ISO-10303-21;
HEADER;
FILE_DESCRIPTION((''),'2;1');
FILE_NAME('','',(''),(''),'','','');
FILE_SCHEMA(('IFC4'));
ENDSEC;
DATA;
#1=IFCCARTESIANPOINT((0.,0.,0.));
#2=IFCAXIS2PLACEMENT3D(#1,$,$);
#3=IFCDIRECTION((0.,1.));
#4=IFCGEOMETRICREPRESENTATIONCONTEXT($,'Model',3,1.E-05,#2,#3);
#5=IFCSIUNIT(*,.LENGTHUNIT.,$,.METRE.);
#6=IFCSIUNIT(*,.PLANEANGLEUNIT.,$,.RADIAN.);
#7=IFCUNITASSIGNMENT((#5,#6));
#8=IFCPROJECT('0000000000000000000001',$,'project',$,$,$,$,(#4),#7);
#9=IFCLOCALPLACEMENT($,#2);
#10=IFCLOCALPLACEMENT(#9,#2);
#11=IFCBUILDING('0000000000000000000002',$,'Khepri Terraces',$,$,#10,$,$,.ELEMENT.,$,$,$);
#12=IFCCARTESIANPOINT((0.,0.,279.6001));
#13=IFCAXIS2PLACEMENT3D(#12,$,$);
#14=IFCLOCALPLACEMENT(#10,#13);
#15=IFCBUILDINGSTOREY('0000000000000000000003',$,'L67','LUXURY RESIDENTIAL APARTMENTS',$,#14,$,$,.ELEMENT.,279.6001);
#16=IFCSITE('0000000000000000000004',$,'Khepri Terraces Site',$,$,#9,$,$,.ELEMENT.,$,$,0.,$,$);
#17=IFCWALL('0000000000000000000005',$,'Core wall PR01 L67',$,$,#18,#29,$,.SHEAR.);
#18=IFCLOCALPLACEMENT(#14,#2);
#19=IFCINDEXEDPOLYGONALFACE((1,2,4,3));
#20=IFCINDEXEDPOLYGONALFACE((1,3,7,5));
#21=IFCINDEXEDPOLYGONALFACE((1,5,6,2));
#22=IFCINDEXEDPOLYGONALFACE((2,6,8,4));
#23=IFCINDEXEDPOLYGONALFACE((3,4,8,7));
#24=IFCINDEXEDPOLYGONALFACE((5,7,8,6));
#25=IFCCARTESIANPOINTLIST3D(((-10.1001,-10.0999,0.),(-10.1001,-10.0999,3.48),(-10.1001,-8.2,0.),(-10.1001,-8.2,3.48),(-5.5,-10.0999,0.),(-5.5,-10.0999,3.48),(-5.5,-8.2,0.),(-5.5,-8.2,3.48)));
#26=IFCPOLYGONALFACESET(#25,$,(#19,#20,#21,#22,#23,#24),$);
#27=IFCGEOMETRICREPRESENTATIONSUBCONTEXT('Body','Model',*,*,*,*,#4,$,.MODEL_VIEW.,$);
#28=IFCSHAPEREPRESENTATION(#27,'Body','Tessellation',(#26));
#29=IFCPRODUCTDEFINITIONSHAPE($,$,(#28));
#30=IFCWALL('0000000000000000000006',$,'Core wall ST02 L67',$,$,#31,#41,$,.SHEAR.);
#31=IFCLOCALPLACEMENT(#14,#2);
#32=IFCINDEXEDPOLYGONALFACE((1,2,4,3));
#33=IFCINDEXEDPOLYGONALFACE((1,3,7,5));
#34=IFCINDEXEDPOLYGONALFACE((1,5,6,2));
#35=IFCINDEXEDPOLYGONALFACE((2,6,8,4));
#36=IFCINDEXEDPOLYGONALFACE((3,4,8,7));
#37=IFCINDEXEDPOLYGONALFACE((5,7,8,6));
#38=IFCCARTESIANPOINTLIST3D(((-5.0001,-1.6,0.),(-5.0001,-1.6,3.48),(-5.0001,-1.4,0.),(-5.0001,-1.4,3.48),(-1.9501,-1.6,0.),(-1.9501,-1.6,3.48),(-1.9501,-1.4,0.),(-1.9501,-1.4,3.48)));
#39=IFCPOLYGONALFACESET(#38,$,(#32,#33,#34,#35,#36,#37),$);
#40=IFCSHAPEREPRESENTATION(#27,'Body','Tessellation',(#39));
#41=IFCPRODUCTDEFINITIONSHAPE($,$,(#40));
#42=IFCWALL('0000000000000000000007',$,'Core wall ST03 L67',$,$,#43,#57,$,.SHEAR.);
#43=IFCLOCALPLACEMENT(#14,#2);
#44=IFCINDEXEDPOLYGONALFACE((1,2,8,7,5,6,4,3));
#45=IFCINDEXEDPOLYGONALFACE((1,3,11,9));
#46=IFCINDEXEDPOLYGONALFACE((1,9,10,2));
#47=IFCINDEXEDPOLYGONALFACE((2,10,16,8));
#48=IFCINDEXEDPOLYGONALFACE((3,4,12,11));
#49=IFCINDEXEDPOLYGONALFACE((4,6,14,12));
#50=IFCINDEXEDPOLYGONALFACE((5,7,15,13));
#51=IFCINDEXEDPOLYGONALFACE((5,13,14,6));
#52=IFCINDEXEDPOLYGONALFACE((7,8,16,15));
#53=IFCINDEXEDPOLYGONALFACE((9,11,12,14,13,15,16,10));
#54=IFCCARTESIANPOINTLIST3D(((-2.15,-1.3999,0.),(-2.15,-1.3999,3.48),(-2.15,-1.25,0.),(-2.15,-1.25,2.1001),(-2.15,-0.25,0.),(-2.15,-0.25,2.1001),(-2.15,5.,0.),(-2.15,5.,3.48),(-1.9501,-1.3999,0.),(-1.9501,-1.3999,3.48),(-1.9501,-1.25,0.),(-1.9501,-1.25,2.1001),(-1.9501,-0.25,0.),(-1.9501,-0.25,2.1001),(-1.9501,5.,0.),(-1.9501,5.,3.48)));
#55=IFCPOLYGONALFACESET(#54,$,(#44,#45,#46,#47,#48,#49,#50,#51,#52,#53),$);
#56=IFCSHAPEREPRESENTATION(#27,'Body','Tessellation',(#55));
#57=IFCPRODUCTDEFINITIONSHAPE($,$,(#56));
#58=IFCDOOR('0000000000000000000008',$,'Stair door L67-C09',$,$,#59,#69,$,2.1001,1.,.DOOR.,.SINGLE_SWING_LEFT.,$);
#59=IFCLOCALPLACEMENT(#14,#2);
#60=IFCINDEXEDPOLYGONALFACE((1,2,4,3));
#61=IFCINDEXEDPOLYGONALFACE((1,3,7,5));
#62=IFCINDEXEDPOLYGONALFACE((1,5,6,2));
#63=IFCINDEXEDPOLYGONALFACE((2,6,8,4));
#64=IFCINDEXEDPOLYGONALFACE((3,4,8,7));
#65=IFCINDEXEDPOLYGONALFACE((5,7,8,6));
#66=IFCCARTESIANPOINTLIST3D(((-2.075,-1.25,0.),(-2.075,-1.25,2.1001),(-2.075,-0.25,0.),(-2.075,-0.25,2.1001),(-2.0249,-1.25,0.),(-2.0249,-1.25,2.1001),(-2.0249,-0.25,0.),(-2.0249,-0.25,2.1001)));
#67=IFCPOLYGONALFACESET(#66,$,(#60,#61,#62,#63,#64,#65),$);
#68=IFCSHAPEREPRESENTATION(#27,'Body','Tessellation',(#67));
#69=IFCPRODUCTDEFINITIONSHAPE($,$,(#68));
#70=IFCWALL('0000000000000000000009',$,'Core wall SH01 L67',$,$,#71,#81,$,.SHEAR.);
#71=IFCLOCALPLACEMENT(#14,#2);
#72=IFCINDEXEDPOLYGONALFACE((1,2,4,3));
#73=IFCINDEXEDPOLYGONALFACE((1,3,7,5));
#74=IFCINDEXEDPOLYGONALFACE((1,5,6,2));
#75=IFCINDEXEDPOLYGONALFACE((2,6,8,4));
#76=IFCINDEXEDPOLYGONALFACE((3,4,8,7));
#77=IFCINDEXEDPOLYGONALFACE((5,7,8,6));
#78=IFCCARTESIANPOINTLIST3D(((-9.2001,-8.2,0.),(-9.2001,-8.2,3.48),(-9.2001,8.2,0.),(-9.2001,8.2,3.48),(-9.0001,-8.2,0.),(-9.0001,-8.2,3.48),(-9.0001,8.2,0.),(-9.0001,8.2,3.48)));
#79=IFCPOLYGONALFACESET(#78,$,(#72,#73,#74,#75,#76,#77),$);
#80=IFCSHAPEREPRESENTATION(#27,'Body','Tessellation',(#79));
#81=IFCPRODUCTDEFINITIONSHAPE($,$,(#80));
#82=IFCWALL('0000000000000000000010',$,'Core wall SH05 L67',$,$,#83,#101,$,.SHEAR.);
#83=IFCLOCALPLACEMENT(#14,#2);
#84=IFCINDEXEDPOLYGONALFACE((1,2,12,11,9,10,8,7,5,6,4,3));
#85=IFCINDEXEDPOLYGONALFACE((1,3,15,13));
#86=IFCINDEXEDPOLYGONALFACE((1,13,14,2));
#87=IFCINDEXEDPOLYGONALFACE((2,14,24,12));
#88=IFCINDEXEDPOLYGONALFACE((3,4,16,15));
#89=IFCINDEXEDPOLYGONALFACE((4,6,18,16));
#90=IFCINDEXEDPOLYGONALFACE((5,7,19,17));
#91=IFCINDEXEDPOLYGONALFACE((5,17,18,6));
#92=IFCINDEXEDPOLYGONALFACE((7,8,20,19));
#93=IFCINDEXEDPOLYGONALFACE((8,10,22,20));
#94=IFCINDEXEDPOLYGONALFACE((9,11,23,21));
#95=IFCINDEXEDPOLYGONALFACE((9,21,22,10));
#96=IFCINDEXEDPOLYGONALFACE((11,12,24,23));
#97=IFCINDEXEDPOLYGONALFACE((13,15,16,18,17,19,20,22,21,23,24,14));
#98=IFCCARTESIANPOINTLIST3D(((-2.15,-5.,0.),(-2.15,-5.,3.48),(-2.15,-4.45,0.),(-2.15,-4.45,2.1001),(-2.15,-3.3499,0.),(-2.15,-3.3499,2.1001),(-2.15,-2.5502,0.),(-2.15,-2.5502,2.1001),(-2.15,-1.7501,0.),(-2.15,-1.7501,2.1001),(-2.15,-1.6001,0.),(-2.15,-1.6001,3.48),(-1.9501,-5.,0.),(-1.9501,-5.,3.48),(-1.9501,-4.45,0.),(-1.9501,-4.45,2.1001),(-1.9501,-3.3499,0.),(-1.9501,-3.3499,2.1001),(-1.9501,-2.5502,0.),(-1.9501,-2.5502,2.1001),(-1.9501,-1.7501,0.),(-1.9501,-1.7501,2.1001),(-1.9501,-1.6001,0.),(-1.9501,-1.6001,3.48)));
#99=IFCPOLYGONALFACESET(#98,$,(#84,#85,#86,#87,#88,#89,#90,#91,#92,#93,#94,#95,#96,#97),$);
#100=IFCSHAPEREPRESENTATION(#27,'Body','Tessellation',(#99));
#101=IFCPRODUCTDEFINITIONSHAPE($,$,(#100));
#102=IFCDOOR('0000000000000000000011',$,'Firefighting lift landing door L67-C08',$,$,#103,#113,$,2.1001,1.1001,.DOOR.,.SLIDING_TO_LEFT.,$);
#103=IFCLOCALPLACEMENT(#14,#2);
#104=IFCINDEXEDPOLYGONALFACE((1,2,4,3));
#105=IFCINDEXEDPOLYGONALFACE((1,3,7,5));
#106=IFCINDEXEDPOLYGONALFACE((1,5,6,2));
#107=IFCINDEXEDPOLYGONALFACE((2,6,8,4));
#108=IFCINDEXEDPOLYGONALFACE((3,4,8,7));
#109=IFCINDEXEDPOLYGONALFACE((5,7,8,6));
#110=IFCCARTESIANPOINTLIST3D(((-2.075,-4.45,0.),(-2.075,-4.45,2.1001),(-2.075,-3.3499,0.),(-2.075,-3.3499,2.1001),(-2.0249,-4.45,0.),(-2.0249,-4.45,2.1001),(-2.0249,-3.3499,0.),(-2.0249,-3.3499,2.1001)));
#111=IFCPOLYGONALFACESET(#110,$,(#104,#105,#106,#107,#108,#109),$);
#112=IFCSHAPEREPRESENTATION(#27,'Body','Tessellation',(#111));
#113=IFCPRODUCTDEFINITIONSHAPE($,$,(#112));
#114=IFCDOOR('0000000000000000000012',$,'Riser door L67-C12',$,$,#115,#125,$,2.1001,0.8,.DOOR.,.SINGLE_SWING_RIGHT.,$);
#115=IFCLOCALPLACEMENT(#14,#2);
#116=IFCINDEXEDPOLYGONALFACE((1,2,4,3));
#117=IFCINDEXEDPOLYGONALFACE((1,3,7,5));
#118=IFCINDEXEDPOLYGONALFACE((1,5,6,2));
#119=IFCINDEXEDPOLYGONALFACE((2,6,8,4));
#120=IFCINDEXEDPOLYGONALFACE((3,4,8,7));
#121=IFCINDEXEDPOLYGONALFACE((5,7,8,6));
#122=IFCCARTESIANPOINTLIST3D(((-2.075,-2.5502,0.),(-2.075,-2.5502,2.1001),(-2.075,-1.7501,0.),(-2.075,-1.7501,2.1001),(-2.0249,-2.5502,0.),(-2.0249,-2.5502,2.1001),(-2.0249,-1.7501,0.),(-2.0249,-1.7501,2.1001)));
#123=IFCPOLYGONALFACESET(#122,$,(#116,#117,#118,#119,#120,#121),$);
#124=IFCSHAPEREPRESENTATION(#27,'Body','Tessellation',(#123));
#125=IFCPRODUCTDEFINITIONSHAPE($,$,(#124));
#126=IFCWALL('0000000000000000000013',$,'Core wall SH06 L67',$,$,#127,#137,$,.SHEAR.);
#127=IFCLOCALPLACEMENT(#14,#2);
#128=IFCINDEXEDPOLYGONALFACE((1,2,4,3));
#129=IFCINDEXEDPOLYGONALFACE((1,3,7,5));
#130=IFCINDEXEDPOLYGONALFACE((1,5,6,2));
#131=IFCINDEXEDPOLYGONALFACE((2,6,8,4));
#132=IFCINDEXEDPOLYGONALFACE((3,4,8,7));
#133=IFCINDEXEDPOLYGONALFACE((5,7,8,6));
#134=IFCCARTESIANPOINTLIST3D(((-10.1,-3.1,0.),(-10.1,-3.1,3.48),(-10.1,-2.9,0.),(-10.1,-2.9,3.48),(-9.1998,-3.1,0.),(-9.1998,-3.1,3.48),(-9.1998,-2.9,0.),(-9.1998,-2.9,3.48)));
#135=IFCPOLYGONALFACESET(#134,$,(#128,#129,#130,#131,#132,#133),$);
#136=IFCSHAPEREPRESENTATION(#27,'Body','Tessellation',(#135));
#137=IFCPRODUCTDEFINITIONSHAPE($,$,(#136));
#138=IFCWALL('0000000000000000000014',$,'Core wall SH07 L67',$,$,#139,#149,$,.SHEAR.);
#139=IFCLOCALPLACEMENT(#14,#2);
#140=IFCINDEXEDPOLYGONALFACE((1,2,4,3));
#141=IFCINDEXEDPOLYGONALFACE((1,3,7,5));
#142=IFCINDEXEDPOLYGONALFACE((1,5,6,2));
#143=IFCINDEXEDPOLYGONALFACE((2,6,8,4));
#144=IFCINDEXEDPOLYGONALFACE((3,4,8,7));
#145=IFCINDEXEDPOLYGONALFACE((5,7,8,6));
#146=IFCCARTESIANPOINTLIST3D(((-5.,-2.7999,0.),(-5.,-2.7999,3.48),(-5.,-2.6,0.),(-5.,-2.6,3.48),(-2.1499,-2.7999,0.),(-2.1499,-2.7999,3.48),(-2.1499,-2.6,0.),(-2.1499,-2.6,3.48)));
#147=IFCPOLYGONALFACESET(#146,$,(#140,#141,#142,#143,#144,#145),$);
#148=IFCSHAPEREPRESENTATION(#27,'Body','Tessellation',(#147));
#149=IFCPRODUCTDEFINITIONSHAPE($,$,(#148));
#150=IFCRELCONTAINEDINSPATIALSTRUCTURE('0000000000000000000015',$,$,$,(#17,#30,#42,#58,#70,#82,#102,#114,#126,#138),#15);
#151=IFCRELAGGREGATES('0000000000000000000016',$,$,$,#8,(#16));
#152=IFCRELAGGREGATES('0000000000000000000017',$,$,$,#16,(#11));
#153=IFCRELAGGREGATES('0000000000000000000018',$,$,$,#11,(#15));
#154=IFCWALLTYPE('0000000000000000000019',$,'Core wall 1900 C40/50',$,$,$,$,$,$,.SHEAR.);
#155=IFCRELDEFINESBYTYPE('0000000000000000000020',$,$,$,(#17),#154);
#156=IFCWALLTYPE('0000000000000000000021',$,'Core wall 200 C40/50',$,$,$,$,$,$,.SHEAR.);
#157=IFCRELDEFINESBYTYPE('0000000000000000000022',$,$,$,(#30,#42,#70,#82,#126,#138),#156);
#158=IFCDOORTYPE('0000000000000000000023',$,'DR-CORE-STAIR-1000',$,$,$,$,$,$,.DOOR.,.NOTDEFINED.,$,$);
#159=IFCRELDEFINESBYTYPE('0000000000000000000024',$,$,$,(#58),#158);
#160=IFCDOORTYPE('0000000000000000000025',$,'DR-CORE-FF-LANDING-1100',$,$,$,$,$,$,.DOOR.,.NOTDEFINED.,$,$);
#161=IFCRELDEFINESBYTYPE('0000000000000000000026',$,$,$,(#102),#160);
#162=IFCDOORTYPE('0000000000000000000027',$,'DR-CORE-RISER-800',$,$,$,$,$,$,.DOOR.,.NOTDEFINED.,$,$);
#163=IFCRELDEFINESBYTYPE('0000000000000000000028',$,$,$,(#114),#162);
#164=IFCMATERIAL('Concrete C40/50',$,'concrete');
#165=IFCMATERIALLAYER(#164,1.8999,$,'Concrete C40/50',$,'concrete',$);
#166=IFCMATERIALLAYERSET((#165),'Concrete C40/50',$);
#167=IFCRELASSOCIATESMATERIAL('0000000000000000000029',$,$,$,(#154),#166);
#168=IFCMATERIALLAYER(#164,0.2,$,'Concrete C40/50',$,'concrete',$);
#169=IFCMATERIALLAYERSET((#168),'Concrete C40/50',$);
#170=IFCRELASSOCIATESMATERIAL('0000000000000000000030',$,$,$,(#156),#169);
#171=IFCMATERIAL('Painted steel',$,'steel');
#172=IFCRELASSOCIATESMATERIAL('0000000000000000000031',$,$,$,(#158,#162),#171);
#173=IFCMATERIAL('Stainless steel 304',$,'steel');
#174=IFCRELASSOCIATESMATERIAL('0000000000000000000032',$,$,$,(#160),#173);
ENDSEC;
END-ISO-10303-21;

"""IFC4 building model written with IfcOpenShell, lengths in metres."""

from ifc_helpers import new_model, si_unit, direction, frame, frame_2d, origin, place, context, subcontext, project, spatial, rectangle, extrude, material, layer, layer_set, type_object, element, fill, save


model = new_model("IFC4")

# Units and contexts
model_context = context("Model", 3, precision=1e-05, world=origin(), true_north=direction((0.0, 1.0)))
body_context = subcontext(model_context, "Body", "Model", "MODEL_VIEW")
ifc_project = project(units=[si_unit("LENGTHUNIT", "METRE"), si_unit("PLANEANGLEUNIT", "RADIAN")], contexts=[model_context])

# Site, building, storey
site_placement = place(None, origin())
site = spatial("IfcSite", under=ifc_project, at=site_placement, Name="Khepri Terraces Site", CompositionType="ELEMENT", RefElevation=0.0)
building_placement = place(site_placement, origin())
building = spatial("IfcBuilding", under=site, at=building_placement, Name="Khepri Terraces", CompositionType="ELEMENT")
storey_placement = place(building_placement, frame((0.0, 0.0, 279.6001)))
storey = spatial("IfcBuildingStorey", under=building, at=storey_placement, Name="L67", Description="LUXURY RESIDENTIAL APARTMENTS", CompositionType="ELEMENT", Elevation=279.6001)

# Walls
ifc_material_1 = material(Name="Concrete C40/50", Category="concrete")
ifc_layer_1 = layer(ifc_material_1, 1.8999, Name="Concrete C40/50", Category="concrete")
ifc_layer_set_1 = layer_set([ifc_layer_1], Name="Concrete C40/50")
wall_type_1 = type_object("IfcWallType", Name="Core wall 1900 C40/50", PredefinedType="SHEAR", material=ifc_layer_set_1)
wall_1_placement = place(storey_placement, frame((-10.1001, -9.1499, 0.0), z_axis=(0.0, 0.0, 1.0), x_axis=(1.0, 0.0, 0.0)))
element("IfcWall", 1, at=wall_1_placement, inside=storey, type_object=wall_type_1, Name="Core wall PR01 L67", PredefinedType="SHEAR", context=body_context, shape_type="SweptSolid", body=[
    extrude(rectangle(XDim=4.6001, YDim=1.8999, at=frame_2d((2.3, 0.0))), origin(), (0.0, 0.0, 1.0), 3.48),
])
ifc_layer_2 = layer(ifc_material_1, 0.2, Name="Concrete C40/50", Category="concrete")
ifc_layer_set_2 = layer_set([ifc_layer_2], Name="Concrete C40/50")
wall_type_2 = type_object("IfcWallType", Name="Core wall 200 C40/50", PredefinedType="SHEAR", material=ifc_layer_set_2)
wall_2_placement = place(storey_placement, frame((-5.0, -1.5, 0.0), z_axis=(0.0, 0.0, 1.0), x_axis=(1.0, 0.0, 0.0)))
element("IfcWall", 2, at=wall_2_placement, inside=storey, type_object=wall_type_2, Name="Core wall ST02 L67", PredefinedType="SHEAR", context=body_context, shape_type="SweptSolid", body=[
    extrude(rectangle(XDim=3.05, YDim=0.2, at=frame_2d((1.5249, 0.0))), origin(), (0.0, 0.0, 1.0), 3.48),
])

# Wall, opening, door
wall_3_placement = place(storey_placement, frame((-2.05, -1.3999, 0.0), z_axis=(0.0, 0.0, 1.0), x_axis=(0.0, 1.0, 0.0)))
wall_3 = element("IfcWall", 3, at=wall_3_placement, inside=storey, type_object=wall_type_2, Name="Core wall ST03 L67", PredefinedType="SHEAR", context=body_context, shape_type="SweptSolid", body=[
    extrude(rectangle(XDim=6.3999, YDim=0.2, at=frame_2d((3.2, 0.0))), origin(), (0.0, 0.0, 1.0), 3.48),
])
opening_1_placement = place(wall_3_placement, frame((0.1499, 0.0, 0.0)))
opening_1 = element("IfcOpeningElement", 4, at=opening_1_placement, cuts=wall_3, PredefinedType="OPENING", context=body_context, shape_type="SweptSolid", body=[
    extrude(rectangle(XDim=1.0, YDim=2.1001, at=frame_2d((0.5, 1.05))), frame((0.0, 0.1099, 0.0), z_axis=(0.0, -1.0, 0.0), x_axis=(1.0, 0.0, 0.0)), (0.0, 0.0, 1.0), 0.22),
])
ifc_material_2 = material(Name="Painted steel", Category="steel")
door_type_1 = type_object("IfcDoorType", Name="DR-CORE-STAIR-1000", OperationType="NOTDEFINED", PredefinedType="DOOR", material=ifc_material_2)
door_1_placement = place(opening_1_placement, origin())
door_1 = element("IfcDoor", 5, at=door_1_placement, inside=storey, type_object=door_type_1, Name="Stair door L67-C09", OperationType="SINGLE_SWING_LEFT", OverallHeight=2.1001, OverallWidth=1.0, PredefinedType="DOOR", context=body_context, shape_type="SweptSolid", body=[
    extrude(rectangle(XDim=1.0, YDim=2.1001, at=frame_2d((0.5, 1.05))), frame((0.0, 0.0249, 0.0), z_axis=(0.0, -1.0, 0.0), x_axis=(1.0, 0.0, 0.0)), (0.0, 0.0, 1.0), 0.05),
])
fill(opening_1, door_1)

# Wall
wall_4_placement = place(storey_placement, frame((-9.1001, -8.2, 0.0), z_axis=(0.0, 0.0, 1.0), x_axis=(0.0, 1.0, 0.0)))
element("IfcWall", 6, at=wall_4_placement, inside=storey, type_object=wall_type_2, Name="Core wall SH01 L67", PredefinedType="SHEAR", context=body_context, shape_type="SweptSolid", body=[
    extrude(rectangle(XDim=16.3999, YDim=0.2, at=frame_2d((8.2, 0.0))), origin(), (0.0, 0.0, 1.0), 3.48),
])

# Wall, openings, doors
wall_5_placement = place(storey_placement, frame((-2.05, -5.0, 0.0), z_axis=(0.0, 0.0, 1.0), x_axis=(0.0, 1.0, 0.0)))
wall_5 = element("IfcWall", 7, at=wall_5_placement, inside=storey, type_object=wall_type_2, Name="Core wall SH05 L67", PredefinedType="SHEAR", context=body_context, shape_type="SweptSolid", body=[
    extrude(rectangle(XDim=3.3999, YDim=0.2, at=frame_2d((1.7, 0.0))), origin(), (0.0, 0.0, 1.0), 3.48),
])
opening_2_placement = place(wall_5_placement, frame((0.55, 0.0, 0.0)))
opening_2 = element("IfcOpeningElement", 8, at=opening_2_placement, cuts=wall_5, PredefinedType="OPENING", context=body_context, shape_type="SweptSolid", body=[
    extrude(rectangle(XDim=1.1001, YDim=2.1001, at=frame_2d((0.55, 1.05))), frame((0.0, 0.1099, 0.0), z_axis=(0.0, -1.0, 0.0), x_axis=(1.0, 0.0, 0.0)), (0.0, 0.0, 1.0), 0.22),
])
opening_3_placement = place(wall_5_placement, frame((2.45, 0.0, 0.0)))
opening_3 = element("IfcOpeningElement", 9, at=opening_3_placement, cuts=wall_5, PredefinedType="OPENING", context=body_context, shape_type="SweptSolid", body=[
    extrude(rectangle(XDim=0.8, YDim=2.1001, at=frame_2d((0.3999, 1.05))), frame((0.0, 0.1099, 0.0), z_axis=(0.0, -1.0, 0.0), x_axis=(1.0, 0.0, 0.0)), (0.0, 0.0, 1.0), 0.22),
])
ifc_material_3 = material(Name="Stainless steel 304", Category="steel")
door_type_2 = type_object("IfcDoorType", Name="DR-CORE-FF-LANDING-1100", OperationType="NOTDEFINED", PredefinedType="DOOR", material=ifc_material_3)
door_2_placement = place(opening_2_placement, origin())
door_2 = element("IfcDoor", 10, at=door_2_placement, inside=storey, type_object=door_type_2, Name="Firefighting lift landing door L67-C08", OperationType="SLIDING_TO_LEFT", OverallHeight=2.1001, OverallWidth=1.1001, PredefinedType="DOOR", context=body_context, shape_type="SweptSolid", body=[
    extrude(rectangle(XDim=1.1001, YDim=2.1001, at=frame_2d((0.55, 1.05))), frame((0.0, 0.0249, 0.0), z_axis=(0.0, -1.0, 0.0), x_axis=(1.0, 0.0, 0.0)), (0.0, 0.0, 1.0), 0.05),
])
fill(opening_2, door_2)
door_type_3 = type_object("IfcDoorType", Name="DR-CORE-RISER-800", OperationType="NOTDEFINED", PredefinedType="DOOR", material=ifc_material_2)
door_3_placement = place(opening_3_placement, origin())
door_3 = element("IfcDoor", 11, at=door_3_placement, inside=storey, type_object=door_type_3, Name="Riser door L67-C12", OperationType="SINGLE_SWING_RIGHT", OverallHeight=2.1001, OverallWidth=0.8, PredefinedType="DOOR", context=body_context, shape_type="SweptSolid", body=[
    extrude(rectangle(XDim=0.8, YDim=2.1001, at=frame_2d((0.3999, 1.05))), frame((0.0, 0.0249, 0.0), z_axis=(0.0, -1.0, 0.0), x_axis=(1.0, 0.0, 0.0)), (0.0, 0.0, 1.0), 0.05),
])
fill(opening_3, door_3)

# Walls
wall_6_placement = place(storey_placement, frame((-10.1001, -3.0, 0.0), z_axis=(0.0, 0.0, 1.0), x_axis=(1.0, 0.0, 0.0)))
element("IfcWall", 12, at=wall_6_placement, inside=storey, type_object=wall_type_2, Name="Core wall SH06 L67", PredefinedType="SHEAR", context=body_context, shape_type="SweptSolid", body=[
    extrude(rectangle(XDim=0.9001, YDim=0.2, at=frame_2d((0.4502, 0.0))), origin(), (0.0, 0.0, 1.0), 3.48),
])
wall_7_placement = place(storey_placement, frame((-5.0, -2.7, 0.0), z_axis=(0.0, 0.0, 1.0), x_axis=(1.0, 0.0, 0.0)))
element("IfcWall", 13, at=wall_7_placement, inside=storey, type_object=wall_type_2, Name="Core wall SH07 L67", PredefinedType="SHEAR", context=body_context, shape_type="SweptSolid", body=[
    extrude(rectangle(XDim=2.8501, YDim=0.2, at=frame_2d((1.425, 0.0))), origin(), (0.0, 0.0, 1.0), 3.48),
])

save(model, "model.ifc")
